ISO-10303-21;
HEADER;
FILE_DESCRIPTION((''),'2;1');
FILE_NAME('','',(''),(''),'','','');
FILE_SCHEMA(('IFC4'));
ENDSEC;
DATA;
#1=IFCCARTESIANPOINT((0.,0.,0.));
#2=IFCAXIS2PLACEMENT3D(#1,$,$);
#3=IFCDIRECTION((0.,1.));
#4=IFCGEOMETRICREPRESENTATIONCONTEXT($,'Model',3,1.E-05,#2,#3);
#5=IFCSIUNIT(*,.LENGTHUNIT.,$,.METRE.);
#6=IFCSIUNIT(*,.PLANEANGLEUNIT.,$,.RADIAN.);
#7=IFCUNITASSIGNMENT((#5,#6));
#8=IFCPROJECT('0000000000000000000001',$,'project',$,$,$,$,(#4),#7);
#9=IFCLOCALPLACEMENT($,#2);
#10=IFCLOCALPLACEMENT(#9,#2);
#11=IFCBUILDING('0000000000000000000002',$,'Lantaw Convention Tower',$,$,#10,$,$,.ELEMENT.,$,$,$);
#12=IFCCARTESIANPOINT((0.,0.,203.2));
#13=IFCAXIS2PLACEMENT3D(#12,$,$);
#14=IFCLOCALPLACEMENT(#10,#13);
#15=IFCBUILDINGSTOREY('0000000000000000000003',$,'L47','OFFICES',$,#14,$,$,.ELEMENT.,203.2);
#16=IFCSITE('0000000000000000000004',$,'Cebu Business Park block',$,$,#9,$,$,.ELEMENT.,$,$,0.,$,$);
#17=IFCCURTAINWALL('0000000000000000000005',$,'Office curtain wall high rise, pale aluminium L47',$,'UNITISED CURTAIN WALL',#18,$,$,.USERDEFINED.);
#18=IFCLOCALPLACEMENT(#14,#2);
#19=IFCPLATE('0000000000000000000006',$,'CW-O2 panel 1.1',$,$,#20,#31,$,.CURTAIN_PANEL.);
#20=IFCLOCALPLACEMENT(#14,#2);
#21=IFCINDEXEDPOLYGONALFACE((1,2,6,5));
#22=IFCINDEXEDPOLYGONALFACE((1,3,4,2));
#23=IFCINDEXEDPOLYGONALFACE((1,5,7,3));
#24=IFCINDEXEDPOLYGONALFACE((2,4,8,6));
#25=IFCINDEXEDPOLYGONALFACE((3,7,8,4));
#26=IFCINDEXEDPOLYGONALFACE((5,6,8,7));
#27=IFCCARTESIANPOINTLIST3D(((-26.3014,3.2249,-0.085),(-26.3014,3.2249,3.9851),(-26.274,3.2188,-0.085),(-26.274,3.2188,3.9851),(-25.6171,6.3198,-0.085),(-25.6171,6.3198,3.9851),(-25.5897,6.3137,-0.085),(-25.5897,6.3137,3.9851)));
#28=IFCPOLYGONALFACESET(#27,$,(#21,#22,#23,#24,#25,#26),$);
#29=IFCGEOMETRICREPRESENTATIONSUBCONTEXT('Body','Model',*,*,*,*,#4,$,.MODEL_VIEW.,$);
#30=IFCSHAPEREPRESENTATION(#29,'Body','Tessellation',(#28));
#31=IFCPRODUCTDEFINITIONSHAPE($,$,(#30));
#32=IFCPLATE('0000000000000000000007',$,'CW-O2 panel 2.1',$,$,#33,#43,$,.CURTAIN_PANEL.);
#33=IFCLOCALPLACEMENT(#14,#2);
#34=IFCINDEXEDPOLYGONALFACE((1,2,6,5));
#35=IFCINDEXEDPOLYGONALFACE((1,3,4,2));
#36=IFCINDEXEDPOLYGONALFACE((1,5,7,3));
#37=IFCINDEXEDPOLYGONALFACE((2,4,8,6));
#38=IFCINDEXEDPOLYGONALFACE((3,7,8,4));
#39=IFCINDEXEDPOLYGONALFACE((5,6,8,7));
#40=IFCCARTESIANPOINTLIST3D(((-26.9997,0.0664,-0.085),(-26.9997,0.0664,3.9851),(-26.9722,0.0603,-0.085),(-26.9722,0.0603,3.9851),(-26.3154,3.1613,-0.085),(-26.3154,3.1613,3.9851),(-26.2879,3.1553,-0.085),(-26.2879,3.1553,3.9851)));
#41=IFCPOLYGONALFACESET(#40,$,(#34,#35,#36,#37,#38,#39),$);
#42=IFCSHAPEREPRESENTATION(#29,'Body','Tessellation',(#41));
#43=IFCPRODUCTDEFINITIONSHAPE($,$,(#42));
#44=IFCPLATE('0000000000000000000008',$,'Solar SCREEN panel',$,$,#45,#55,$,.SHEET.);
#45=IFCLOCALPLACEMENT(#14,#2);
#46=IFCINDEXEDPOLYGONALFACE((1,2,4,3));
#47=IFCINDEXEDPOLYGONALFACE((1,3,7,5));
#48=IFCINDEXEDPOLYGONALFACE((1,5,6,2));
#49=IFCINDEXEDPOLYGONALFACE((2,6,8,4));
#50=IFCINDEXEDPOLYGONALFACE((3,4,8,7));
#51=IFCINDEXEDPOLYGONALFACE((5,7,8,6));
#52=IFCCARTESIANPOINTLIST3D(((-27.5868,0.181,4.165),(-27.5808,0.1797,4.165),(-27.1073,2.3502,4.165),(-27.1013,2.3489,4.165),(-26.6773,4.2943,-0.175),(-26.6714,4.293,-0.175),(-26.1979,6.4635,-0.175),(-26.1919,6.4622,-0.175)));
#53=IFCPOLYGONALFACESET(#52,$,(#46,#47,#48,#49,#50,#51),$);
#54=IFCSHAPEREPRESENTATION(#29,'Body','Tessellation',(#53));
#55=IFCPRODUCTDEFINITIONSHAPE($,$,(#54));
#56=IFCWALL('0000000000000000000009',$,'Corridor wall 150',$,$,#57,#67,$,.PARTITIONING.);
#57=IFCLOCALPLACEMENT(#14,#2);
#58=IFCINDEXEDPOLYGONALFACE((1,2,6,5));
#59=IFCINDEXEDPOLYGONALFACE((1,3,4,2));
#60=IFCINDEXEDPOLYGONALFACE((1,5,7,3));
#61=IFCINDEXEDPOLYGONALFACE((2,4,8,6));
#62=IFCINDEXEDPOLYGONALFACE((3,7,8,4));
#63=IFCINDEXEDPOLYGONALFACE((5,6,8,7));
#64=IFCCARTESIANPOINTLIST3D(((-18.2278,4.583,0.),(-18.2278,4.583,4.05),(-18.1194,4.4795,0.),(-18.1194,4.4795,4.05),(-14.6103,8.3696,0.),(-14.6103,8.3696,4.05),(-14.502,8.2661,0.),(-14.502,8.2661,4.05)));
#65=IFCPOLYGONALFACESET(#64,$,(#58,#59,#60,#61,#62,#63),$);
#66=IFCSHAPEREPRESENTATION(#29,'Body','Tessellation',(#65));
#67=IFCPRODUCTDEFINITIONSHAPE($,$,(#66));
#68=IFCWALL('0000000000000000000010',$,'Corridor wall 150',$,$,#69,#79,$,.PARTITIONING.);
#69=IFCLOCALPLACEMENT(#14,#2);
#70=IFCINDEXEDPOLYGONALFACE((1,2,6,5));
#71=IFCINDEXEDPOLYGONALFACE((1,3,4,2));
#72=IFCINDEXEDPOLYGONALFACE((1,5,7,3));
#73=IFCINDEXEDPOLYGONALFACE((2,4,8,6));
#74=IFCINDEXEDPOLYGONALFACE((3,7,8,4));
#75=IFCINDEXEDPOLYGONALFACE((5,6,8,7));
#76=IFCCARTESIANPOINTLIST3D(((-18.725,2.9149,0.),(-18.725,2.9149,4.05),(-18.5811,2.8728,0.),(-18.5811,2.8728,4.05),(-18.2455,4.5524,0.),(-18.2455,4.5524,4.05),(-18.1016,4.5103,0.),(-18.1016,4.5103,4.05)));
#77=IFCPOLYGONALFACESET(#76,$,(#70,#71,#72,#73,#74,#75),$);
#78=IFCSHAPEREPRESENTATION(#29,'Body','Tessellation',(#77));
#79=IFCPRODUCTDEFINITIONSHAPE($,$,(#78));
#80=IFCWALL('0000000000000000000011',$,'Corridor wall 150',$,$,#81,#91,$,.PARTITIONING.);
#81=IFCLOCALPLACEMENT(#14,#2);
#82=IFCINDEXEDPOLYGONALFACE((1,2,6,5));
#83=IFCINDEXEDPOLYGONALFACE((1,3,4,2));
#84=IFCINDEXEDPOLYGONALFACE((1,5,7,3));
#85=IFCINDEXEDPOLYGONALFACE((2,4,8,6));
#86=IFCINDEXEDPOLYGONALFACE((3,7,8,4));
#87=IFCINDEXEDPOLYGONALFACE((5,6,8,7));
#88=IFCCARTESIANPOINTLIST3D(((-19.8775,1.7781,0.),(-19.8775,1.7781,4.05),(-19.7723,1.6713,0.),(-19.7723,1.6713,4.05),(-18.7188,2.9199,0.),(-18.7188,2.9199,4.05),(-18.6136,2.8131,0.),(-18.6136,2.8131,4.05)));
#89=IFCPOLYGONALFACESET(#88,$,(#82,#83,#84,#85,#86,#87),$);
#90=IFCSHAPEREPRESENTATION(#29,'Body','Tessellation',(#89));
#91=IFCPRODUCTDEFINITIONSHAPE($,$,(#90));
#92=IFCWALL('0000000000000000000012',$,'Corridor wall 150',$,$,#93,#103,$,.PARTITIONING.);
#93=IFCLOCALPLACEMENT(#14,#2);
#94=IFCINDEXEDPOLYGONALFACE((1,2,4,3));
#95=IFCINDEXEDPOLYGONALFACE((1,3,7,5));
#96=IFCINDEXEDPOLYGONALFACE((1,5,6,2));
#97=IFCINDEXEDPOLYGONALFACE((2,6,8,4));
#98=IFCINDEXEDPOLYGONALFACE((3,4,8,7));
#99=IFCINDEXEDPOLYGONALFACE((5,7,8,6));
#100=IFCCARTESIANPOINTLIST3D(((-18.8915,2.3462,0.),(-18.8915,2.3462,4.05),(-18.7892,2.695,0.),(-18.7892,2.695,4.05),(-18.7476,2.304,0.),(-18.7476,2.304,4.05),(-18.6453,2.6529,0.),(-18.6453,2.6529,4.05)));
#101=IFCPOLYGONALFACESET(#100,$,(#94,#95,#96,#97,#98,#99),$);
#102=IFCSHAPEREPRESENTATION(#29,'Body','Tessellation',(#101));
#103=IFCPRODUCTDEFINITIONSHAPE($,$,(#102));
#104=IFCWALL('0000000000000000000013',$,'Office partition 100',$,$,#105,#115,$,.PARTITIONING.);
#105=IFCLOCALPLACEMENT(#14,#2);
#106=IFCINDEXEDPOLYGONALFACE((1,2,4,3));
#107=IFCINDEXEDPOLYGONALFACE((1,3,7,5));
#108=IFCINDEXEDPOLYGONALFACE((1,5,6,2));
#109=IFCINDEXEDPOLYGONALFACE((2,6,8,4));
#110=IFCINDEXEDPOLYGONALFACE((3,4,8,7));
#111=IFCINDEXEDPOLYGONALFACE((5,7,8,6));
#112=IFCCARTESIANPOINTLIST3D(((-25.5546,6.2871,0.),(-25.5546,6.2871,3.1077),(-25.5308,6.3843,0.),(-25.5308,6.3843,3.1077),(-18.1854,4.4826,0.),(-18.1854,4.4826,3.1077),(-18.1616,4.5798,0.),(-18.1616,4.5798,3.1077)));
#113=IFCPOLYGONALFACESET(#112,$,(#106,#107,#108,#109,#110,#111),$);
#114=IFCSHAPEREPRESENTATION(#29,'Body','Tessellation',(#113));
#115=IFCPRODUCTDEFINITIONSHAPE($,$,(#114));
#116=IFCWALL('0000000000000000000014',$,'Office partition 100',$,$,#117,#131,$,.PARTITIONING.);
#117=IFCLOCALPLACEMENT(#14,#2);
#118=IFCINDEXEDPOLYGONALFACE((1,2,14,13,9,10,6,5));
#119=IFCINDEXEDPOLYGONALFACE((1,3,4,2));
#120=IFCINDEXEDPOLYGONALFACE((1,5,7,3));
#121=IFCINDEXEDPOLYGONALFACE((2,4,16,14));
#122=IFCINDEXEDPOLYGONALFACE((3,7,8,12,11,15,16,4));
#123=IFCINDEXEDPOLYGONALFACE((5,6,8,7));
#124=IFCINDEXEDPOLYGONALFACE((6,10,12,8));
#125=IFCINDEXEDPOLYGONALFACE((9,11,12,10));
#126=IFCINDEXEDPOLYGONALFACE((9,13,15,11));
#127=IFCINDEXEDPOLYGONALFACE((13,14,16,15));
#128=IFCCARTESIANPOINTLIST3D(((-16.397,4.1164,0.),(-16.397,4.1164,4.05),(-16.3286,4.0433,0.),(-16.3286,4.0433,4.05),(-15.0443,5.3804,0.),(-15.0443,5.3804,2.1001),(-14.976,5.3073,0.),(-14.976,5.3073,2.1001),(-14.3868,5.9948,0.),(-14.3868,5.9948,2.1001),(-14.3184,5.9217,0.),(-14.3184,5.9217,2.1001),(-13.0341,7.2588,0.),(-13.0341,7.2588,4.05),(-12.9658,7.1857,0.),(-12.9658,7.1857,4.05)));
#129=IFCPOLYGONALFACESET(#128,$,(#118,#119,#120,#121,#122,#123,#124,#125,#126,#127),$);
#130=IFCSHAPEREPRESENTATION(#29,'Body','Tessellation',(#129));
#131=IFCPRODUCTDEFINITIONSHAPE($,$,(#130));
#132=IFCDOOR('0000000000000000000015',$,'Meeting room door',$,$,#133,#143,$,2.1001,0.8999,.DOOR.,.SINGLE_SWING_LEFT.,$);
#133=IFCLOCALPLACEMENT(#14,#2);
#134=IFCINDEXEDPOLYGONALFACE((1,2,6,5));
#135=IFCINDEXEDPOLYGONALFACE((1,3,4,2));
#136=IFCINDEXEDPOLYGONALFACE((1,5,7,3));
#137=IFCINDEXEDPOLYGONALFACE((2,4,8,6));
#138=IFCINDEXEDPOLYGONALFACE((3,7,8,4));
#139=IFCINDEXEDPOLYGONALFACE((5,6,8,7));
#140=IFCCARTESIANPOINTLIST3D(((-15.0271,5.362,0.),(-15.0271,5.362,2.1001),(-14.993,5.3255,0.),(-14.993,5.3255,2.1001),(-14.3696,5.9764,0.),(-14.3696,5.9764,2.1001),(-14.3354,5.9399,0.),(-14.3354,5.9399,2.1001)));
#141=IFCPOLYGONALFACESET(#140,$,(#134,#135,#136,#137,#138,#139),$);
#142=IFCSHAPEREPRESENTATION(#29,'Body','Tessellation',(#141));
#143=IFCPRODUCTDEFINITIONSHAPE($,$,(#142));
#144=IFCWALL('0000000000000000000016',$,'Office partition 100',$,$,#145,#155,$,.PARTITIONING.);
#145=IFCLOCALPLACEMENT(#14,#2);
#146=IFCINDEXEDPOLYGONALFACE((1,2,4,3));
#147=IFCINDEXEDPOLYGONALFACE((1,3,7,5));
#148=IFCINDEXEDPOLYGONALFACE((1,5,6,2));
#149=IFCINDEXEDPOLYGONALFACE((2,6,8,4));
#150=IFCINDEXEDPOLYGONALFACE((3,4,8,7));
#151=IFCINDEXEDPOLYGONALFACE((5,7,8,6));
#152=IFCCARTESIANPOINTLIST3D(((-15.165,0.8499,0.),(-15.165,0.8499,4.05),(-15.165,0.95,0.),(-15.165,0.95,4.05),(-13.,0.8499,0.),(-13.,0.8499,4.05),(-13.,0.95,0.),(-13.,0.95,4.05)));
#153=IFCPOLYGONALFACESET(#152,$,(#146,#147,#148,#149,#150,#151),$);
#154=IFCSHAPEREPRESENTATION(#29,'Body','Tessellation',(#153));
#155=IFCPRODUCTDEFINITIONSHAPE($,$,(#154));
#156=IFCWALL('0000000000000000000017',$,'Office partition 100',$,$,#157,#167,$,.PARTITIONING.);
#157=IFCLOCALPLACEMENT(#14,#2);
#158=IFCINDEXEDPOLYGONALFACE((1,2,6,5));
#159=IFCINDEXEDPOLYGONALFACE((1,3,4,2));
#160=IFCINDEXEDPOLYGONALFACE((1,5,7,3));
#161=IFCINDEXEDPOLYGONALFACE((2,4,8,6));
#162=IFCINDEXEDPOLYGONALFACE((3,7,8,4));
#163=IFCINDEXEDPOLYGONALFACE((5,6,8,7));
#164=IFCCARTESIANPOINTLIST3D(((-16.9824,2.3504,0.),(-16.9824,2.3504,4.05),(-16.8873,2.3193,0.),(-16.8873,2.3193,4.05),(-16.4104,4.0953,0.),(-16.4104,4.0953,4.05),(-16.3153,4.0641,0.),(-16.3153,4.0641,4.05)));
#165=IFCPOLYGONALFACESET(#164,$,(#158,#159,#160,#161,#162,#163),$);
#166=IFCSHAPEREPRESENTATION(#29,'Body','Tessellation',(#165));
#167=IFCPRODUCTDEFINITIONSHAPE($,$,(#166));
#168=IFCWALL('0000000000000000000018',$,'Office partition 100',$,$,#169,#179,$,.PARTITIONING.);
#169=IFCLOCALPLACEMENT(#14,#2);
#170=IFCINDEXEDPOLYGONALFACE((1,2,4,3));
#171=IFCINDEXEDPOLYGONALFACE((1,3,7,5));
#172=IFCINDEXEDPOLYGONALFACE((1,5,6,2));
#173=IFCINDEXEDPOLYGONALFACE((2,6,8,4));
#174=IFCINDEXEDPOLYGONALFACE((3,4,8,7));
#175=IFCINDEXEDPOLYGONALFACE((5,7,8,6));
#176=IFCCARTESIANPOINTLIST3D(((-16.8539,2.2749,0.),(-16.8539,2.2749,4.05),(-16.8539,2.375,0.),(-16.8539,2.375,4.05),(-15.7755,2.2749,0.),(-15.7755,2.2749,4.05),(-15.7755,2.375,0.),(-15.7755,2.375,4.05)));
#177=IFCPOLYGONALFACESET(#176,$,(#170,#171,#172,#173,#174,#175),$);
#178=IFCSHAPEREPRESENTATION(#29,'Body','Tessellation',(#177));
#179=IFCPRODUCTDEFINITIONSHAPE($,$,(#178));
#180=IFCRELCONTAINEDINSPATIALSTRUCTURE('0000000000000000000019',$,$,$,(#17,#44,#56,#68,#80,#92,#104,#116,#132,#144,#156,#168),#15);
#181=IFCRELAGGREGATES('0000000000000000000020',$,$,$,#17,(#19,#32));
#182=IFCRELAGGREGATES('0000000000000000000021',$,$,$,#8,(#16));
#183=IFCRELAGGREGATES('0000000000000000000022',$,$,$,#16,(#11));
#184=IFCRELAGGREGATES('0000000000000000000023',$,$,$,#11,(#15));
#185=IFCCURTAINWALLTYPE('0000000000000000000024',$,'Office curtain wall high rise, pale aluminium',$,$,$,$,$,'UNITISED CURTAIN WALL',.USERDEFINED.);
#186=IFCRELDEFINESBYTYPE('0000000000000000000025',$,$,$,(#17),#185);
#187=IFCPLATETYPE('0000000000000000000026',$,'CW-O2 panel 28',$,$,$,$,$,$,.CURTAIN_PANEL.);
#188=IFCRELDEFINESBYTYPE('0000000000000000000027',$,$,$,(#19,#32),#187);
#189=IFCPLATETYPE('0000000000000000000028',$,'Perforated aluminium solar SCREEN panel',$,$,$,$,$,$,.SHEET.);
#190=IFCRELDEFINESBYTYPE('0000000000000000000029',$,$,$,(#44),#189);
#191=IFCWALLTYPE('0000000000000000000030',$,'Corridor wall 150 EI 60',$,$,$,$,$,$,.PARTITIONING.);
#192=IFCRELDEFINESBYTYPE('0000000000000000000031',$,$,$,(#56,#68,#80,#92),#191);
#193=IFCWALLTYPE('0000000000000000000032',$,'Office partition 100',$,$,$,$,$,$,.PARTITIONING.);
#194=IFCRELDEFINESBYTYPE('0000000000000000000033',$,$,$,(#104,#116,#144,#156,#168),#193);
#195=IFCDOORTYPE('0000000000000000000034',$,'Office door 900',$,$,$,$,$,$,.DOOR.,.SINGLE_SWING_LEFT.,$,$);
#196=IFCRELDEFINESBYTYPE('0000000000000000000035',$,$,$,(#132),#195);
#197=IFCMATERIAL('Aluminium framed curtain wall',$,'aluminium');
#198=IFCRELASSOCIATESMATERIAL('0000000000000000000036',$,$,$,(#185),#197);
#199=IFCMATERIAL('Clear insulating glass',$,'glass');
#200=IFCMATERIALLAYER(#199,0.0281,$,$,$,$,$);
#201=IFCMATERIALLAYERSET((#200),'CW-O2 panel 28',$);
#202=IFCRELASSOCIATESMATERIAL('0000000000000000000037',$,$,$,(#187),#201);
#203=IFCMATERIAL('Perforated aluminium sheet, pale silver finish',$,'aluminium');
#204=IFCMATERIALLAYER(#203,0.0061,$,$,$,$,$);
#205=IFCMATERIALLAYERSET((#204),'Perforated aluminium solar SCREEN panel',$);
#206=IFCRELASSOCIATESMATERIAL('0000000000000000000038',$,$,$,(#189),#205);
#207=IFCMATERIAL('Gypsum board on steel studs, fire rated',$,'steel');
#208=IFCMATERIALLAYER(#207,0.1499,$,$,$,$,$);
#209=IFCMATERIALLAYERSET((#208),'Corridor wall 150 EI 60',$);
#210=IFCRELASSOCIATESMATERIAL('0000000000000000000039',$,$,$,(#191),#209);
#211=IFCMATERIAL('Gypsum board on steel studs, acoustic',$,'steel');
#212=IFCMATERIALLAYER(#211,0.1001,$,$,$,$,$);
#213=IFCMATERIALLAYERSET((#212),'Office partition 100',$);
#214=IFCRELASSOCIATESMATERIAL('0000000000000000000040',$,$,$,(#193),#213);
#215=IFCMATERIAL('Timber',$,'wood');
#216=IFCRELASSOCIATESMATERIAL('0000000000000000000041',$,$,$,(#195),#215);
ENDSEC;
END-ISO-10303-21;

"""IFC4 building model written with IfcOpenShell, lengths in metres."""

from ifc_helpers import new_model, si_unit, direction, frame, frame_2d, origin, origin_2d, place, context, subcontext, project, spatial, polyline, rectangle, outline, extrude, material, layer, layer_set, type_object, element, fill, aggregate, save


model = new_model("IFC4")

# Units and contexts
model_context = context("Model", 3, precision=1e-05, world=origin(), true_north=direction((0.0, 1.0)))
body_context = subcontext(model_context, "Body", "Model", "MODEL_VIEW")
ifc_project = project(units=[si_unit("LENGTHUNIT", "METRE"), si_unit("PLANEANGLEUNIT", "RADIAN")], contexts=[model_context])

# Site, building, storey
site_placement = place(None, origin())
site = spatial("IfcSite", under=ifc_project, at=site_placement, Name="Cebu Business Park block", CompositionType="ELEMENT", RefElevation=0.0)
building_placement = place(site_placement, origin())
building = spatial("IfcBuilding", under=site, at=building_placement, Name="Lantaw Convention Tower", CompositionType="ELEMENT")
storey_placement = place(building_placement, frame((0.0, 0.0, 203.2)))
storey = spatial("IfcBuildingStorey", under=building, at=storey_placement, Name="L47", Description="OFFICES", CompositionType="ELEMENT", Elevation=203.2)

# Shared definitions
ifc_material_1 = material(Name="Aluminium framed curtain wall", Category="aluminium")
curtain_wall_type = type_object("IfcCurtainWallType", Name="Office curtain wall high rise, pale aluminium", ElementType="UNITISED CURTAIN WALL", PredefinedType="USERDEFINED", material=ifc_material_1)

# Curtain wall
curtain_wall_1_placement = place(storey_placement, origin())
curtain_wall_1 = element("IfcCurtainWall", 1, at=curtain_wall_1_placement, inside=storey, type_object=curtain_wall_type, Name="Office curtain wall high rise, pale aluminium L47", ObjectType="UNITISED CURTAIN WALL", PredefinedType="USERDEFINED")

# Plates
ifc_material_2 = material(Name="Clear insulating glass", Category="glass")
ifc_layer_1 = layer(ifc_material_2, 0.0281)
ifc_layer_set_1 = layer_set([ifc_layer_1], Name="CW-O2 panel 28")
plate_type_1 = type_object("IfcPlateType", Name="CW-O2 panel 28", PredefinedType="CURTAIN_PANEL", material=ifc_layer_set_1)
plate_1_placement = place(storey_placement, frame((-25.9456, 4.7693, -0.085), z_axis=(0.0, 0.0, 1.0), x_axis=(-0.215891, -0.976417, 0.0)))
plate_1 = element("IfcPlate", 2, at=plate_1_placement, type_object=plate_type_1, Name="CW-O2 panel 1.1", PredefinedType="CURTAIN_PANEL", context=body_context, shape_type="SweptSolid", body=[
    extrude(rectangle(XDim=3.1697, YDim=0.0281, at=origin_2d()), origin(), (0.0, 0.0, 1.0), 4.0701),
])
plate_2_placement = place(storey_placement, frame((-26.6438, 1.6108, -0.085), z_axis=(0.0, 0.0, 1.0), x_axis=(-0.215891, -0.976417, 0.0)))
plate_2 = element("IfcPlate", 3, at=plate_2_placement, type_object=plate_type_1, Name="CW-O2 panel 2.1", PredefinedType="CURTAIN_PANEL", context=body_context, shape_type="SweptSolid", body=[
    extrude(rectangle(XDim=3.1697, YDim=0.0281, at=origin_2d()), origin(), (0.0, 0.0, 1.0), 4.0701),
])
aggregate(curtain_wall_1, [plate_1, plate_2])
ifc_material_3 = material(Name="Perforated aluminium sheet, pale silver finish", Category="aluminium")
ifc_layer_2 = layer(ifc_material_3, 0.0061)
ifc_layer_set_2 = layer_set([ifc_layer_2], Name="Perforated aluminium solar SCREEN panel")
plate_type_2 = type_object("IfcPlateType", Name="Perforated aluminium solar SCREEN panel", PredefinedType="SHEET", material=ifc_layer_set_2)
plate_3_placement = place(storey_placement, frame((-26.1919, 6.4622, -0.175), z_axis=(0.97643, -0.215837, 0.000044), x_axis=(-0.215837, -0.97643, 0.0)))
element("IfcPlate", 4, at=plate_3_placement, inside=storey, type_object=plate_type_2, Name="Solar SCREEN panel", PredefinedType="SHEET", context=body_context, shape_type="SweptSolid", body=[
    extrude(outline(polyline([(0.0, 0.0), (2.2216, 0.0), (6.4342, -4.3401), (4.2126, -4.3401), (0.0, 0.0)])), origin(), (0.0, 0.0, -1.0), 0.0061),
])

# Walls
ifc_material_4 = material(Name="Gypsum board on steel studs, fire rated", Category="steel")
ifc_layer_3 = layer(ifc_material_4, 0.1499)
ifc_layer_set_3 = layer_set([ifc_layer_3], Name="Corridor wall 150 EI 60")
wall_type_1 = type_object("IfcWallType", Name="Corridor wall 150 EI 60", PredefinedType="PARTITIONING", material=ifc_layer_set_3)
wall_1_placement = place(storey_placement, frame((-14.5562, 8.3179, 0.0), z_axis=(0.0, 0.0, 1.0), x_axis=(-0.690768, -0.723076, 0.0)))
element("IfcWall", 5, at=wall_1_placement, inside=storey, type_object=wall_type_1, Name="Corridor wall 150", PredefinedType="PARTITIONING", context=body_context, shape_type="SweptSolid", body=[
    extrude(rectangle(XDim=5.2368, YDim=0.1499, at=frame_2d((2.6184, 0.0))), origin(), (0.0, 0.0, 1.0), 4.05),
])
wall_2_placement = place(storey_placement, frame((-18.1736, 4.5312, 0.0), z_axis=(0.0, 0.0, 1.0), x_axis=(-0.281027, -0.9597, 0.0)))
element("IfcWall", 6, at=wall_2_placement, inside=storey, type_object=wall_type_1, Name="Corridor wall 150", PredefinedType="PARTITIONING", context=body_context, shape_type="SweptSolid", body=[
    extrude(rectangle(XDim=1.7063, YDim=0.1499, at=frame_2d((0.853, 0.0))), origin(), (0.0, 0.0, 1.0), 4.05),
])
wall_3_placement = place(storey_placement, frame((-19.825, 1.7246, 0.0), z_axis=(0.0, 0.0, 1.0), x_axis=(0.712265, 0.70191, 0.0)))
element("IfcWall", 7, at=wall_3_placement, inside=storey, type_object=wall_type_1, Name="Corridor wall 150", PredefinedType="PARTITIONING", context=body_context, shape_type="SweptSolid", body=[
    extrude(rectangle(XDim=1.6267, YDim=0.1499, at=frame_2d((0.8135, 0.0))), origin(), (0.0, 0.0, 1.0), 4.05),
])
wall_4_placement = place(storey_placement, frame((-18.7173, 2.6738, 0.0), z_axis=(0.0, 0.0, 1.0), x_axis=(-0.281366, -0.9596, 0.0)))
element("IfcWall", 8, at=wall_4_placement, inside=storey, type_object=wall_type_1, Name="Corridor wall 150", PredefinedType="PARTITIONING", context=body_context, shape_type="SweptSolid", body=[
    extrude(rectangle(XDim=0.3635, YDim=0.1499, at=frame_2d((0.1816, 0.0))), origin(), (0.0, 0.0, 1.0), 4.05),
])
ifc_material_5 = material(Name="Gypsum board on steel studs, acoustic", Category="steel")
ifc_layer_4 = layer(ifc_material_5, 0.1001)
ifc_layer_set_4 = layer_set([ifc_layer_4], Name="Office partition 100")
wall_type_2 = type_object("IfcWallType", Name="Office partition 100", PredefinedType="PARTITIONING", material=ifc_layer_set_4)
wall_5_placement = place(storey_placement, frame((-25.5427, 6.3357, 0.0), z_axis=(0.0, 0.0, 1.0), x_axis=(0.971305, -0.237838, 0.0)))
element("IfcWall", 9, at=wall_5_placement, inside=storey, type_object=wall_type_2, Name="Office partition 100", PredefinedType="PARTITIONING", context=body_context, shape_type="SweptSolid", body=[
    extrude(rectangle(XDim=7.5869, YDim=0.1001, at=frame_2d((3.7935, 0.0))), origin(), (0.0, 0.0, 1.0), 3.1077),
])

# Wall, opening, door
wall_6_placement = place(storey_placement, frame((-16.3628, 4.0798, 0.0), z_axis=(0.0, 0.0, 1.0), x_axis=(0.730651, 0.682751, 0.0)))
wall_6 = element("IfcWall", 10, at=wall_6_placement, inside=storey, type_object=wall_type_2, Name="Office partition 100", PredefinedType="PARTITIONING", context=body_context, shape_type="SweptSolid", body=[
    extrude(rectangle(XDim=4.6025, YDim=0.1001, at=frame_2d((2.3013, 0.0))), origin(), (0.0, 0.0, 1.0), 4.05),
])
opening_placement = place(wall_6_placement, frame((1.8513, 0.0, 0.0)))
opening = element("IfcOpeningElement", 11, at=opening_placement, cuts=wall_6, PredefinedType="OPENING", context=body_context, shape_type="SweptSolid", body=[
    extrude(rectangle(XDim=0.8999, YDim=2.1001, at=frame_2d((0.45, 1.05))), frame((0.0, 0.0601, 0.0), z_axis=(0.0, -1.0, 0.0), x_axis=(1.0, 0.0, 0.0)), (0.0, 0.0, 1.0), 0.1201),
])
ifc_material_6 = material(Name="Timber", Category="wood")
door_type = type_object("IfcDoorType", Name="Office door 900", OperationType="SINGLE_SWING_LEFT", PredefinedType="DOOR", material=ifc_material_6)
door_placement = place(opening_placement, origin())
door = element("IfcDoor", 12, at=door_placement, inside=storey, type_object=door_type, Name="Meeting room door", OperationType="SINGLE_SWING_LEFT", OverallHeight=2.1001, OverallWidth=0.8999, PredefinedType="DOOR", context=body_context, shape_type="SweptSolid", body=[
    extrude(rectangle(XDim=0.8999, YDim=2.1001, at=frame_2d((0.45, 1.05))), frame((0.0, 0.0249, 0.0), z_axis=(0.0, -1.0, 0.0), x_axis=(1.0, 0.0, 0.0)), (0.0, 0.0, 1.0), 0.05),
])
fill(opening, door)

# Walls
wall_7_placement = place(storey_placement, frame((-13.0, 0.8999, 0.0), z_axis=(0.0, 0.0, 1.0), x_axis=(-1.0, 0.0, 0.0)))
element("IfcWall", 13, at=wall_7_placement, inside=storey, type_object=wall_type_2, Name="Office partition 100", PredefinedType="PARTITIONING", context=body_context, shape_type="SweptSolid", body=[
    extrude(rectangle(XDim=2.165, YDim=0.1001, at=frame_2d((1.0825, 0.0))), origin(), (0.0, 0.0, 1.0), 4.05),
])
wall_8_placement = place(storey_placement, frame((-16.9348, 2.335, 0.0), z_axis=(0.0, 0.0, 1.0), x_axis=(0.311517, 0.950241, 0.0)))
element("IfcWall", 14, at=wall_8_placement, inside=storey, type_object=wall_type_2, Name="Office partition 100", PredefinedType="PARTITIONING", context=body_context, shape_type="SweptSolid", body=[
    extrude(rectangle(XDim=1.8362, YDim=0.1001, at=frame_2d((0.918, 0.0))), origin(), (0.0, 0.0, 1.0), 4.05),
])
wall_9_placement = place(storey_placement, frame((-16.8538, 2.325, 0.0), z_axis=(0.0, 0.0, 1.0), x_axis=(1.0, 0.0, 0.0)))
element("IfcWall", 15, at=wall_9_placement, inside=storey, type_object=wall_type_2, Name="Office partition 100", PredefinedType="PARTITIONING", context=body_context, shape_type="SweptSolid", body=[
    extrude(rectangle(XDim=1.0784, YDim=0.1001, at=frame_2d((0.5391, 0.0))), origin(), (0.0, 0.0, 1.0), 4.05),
])

save(model, "model.ifc")
